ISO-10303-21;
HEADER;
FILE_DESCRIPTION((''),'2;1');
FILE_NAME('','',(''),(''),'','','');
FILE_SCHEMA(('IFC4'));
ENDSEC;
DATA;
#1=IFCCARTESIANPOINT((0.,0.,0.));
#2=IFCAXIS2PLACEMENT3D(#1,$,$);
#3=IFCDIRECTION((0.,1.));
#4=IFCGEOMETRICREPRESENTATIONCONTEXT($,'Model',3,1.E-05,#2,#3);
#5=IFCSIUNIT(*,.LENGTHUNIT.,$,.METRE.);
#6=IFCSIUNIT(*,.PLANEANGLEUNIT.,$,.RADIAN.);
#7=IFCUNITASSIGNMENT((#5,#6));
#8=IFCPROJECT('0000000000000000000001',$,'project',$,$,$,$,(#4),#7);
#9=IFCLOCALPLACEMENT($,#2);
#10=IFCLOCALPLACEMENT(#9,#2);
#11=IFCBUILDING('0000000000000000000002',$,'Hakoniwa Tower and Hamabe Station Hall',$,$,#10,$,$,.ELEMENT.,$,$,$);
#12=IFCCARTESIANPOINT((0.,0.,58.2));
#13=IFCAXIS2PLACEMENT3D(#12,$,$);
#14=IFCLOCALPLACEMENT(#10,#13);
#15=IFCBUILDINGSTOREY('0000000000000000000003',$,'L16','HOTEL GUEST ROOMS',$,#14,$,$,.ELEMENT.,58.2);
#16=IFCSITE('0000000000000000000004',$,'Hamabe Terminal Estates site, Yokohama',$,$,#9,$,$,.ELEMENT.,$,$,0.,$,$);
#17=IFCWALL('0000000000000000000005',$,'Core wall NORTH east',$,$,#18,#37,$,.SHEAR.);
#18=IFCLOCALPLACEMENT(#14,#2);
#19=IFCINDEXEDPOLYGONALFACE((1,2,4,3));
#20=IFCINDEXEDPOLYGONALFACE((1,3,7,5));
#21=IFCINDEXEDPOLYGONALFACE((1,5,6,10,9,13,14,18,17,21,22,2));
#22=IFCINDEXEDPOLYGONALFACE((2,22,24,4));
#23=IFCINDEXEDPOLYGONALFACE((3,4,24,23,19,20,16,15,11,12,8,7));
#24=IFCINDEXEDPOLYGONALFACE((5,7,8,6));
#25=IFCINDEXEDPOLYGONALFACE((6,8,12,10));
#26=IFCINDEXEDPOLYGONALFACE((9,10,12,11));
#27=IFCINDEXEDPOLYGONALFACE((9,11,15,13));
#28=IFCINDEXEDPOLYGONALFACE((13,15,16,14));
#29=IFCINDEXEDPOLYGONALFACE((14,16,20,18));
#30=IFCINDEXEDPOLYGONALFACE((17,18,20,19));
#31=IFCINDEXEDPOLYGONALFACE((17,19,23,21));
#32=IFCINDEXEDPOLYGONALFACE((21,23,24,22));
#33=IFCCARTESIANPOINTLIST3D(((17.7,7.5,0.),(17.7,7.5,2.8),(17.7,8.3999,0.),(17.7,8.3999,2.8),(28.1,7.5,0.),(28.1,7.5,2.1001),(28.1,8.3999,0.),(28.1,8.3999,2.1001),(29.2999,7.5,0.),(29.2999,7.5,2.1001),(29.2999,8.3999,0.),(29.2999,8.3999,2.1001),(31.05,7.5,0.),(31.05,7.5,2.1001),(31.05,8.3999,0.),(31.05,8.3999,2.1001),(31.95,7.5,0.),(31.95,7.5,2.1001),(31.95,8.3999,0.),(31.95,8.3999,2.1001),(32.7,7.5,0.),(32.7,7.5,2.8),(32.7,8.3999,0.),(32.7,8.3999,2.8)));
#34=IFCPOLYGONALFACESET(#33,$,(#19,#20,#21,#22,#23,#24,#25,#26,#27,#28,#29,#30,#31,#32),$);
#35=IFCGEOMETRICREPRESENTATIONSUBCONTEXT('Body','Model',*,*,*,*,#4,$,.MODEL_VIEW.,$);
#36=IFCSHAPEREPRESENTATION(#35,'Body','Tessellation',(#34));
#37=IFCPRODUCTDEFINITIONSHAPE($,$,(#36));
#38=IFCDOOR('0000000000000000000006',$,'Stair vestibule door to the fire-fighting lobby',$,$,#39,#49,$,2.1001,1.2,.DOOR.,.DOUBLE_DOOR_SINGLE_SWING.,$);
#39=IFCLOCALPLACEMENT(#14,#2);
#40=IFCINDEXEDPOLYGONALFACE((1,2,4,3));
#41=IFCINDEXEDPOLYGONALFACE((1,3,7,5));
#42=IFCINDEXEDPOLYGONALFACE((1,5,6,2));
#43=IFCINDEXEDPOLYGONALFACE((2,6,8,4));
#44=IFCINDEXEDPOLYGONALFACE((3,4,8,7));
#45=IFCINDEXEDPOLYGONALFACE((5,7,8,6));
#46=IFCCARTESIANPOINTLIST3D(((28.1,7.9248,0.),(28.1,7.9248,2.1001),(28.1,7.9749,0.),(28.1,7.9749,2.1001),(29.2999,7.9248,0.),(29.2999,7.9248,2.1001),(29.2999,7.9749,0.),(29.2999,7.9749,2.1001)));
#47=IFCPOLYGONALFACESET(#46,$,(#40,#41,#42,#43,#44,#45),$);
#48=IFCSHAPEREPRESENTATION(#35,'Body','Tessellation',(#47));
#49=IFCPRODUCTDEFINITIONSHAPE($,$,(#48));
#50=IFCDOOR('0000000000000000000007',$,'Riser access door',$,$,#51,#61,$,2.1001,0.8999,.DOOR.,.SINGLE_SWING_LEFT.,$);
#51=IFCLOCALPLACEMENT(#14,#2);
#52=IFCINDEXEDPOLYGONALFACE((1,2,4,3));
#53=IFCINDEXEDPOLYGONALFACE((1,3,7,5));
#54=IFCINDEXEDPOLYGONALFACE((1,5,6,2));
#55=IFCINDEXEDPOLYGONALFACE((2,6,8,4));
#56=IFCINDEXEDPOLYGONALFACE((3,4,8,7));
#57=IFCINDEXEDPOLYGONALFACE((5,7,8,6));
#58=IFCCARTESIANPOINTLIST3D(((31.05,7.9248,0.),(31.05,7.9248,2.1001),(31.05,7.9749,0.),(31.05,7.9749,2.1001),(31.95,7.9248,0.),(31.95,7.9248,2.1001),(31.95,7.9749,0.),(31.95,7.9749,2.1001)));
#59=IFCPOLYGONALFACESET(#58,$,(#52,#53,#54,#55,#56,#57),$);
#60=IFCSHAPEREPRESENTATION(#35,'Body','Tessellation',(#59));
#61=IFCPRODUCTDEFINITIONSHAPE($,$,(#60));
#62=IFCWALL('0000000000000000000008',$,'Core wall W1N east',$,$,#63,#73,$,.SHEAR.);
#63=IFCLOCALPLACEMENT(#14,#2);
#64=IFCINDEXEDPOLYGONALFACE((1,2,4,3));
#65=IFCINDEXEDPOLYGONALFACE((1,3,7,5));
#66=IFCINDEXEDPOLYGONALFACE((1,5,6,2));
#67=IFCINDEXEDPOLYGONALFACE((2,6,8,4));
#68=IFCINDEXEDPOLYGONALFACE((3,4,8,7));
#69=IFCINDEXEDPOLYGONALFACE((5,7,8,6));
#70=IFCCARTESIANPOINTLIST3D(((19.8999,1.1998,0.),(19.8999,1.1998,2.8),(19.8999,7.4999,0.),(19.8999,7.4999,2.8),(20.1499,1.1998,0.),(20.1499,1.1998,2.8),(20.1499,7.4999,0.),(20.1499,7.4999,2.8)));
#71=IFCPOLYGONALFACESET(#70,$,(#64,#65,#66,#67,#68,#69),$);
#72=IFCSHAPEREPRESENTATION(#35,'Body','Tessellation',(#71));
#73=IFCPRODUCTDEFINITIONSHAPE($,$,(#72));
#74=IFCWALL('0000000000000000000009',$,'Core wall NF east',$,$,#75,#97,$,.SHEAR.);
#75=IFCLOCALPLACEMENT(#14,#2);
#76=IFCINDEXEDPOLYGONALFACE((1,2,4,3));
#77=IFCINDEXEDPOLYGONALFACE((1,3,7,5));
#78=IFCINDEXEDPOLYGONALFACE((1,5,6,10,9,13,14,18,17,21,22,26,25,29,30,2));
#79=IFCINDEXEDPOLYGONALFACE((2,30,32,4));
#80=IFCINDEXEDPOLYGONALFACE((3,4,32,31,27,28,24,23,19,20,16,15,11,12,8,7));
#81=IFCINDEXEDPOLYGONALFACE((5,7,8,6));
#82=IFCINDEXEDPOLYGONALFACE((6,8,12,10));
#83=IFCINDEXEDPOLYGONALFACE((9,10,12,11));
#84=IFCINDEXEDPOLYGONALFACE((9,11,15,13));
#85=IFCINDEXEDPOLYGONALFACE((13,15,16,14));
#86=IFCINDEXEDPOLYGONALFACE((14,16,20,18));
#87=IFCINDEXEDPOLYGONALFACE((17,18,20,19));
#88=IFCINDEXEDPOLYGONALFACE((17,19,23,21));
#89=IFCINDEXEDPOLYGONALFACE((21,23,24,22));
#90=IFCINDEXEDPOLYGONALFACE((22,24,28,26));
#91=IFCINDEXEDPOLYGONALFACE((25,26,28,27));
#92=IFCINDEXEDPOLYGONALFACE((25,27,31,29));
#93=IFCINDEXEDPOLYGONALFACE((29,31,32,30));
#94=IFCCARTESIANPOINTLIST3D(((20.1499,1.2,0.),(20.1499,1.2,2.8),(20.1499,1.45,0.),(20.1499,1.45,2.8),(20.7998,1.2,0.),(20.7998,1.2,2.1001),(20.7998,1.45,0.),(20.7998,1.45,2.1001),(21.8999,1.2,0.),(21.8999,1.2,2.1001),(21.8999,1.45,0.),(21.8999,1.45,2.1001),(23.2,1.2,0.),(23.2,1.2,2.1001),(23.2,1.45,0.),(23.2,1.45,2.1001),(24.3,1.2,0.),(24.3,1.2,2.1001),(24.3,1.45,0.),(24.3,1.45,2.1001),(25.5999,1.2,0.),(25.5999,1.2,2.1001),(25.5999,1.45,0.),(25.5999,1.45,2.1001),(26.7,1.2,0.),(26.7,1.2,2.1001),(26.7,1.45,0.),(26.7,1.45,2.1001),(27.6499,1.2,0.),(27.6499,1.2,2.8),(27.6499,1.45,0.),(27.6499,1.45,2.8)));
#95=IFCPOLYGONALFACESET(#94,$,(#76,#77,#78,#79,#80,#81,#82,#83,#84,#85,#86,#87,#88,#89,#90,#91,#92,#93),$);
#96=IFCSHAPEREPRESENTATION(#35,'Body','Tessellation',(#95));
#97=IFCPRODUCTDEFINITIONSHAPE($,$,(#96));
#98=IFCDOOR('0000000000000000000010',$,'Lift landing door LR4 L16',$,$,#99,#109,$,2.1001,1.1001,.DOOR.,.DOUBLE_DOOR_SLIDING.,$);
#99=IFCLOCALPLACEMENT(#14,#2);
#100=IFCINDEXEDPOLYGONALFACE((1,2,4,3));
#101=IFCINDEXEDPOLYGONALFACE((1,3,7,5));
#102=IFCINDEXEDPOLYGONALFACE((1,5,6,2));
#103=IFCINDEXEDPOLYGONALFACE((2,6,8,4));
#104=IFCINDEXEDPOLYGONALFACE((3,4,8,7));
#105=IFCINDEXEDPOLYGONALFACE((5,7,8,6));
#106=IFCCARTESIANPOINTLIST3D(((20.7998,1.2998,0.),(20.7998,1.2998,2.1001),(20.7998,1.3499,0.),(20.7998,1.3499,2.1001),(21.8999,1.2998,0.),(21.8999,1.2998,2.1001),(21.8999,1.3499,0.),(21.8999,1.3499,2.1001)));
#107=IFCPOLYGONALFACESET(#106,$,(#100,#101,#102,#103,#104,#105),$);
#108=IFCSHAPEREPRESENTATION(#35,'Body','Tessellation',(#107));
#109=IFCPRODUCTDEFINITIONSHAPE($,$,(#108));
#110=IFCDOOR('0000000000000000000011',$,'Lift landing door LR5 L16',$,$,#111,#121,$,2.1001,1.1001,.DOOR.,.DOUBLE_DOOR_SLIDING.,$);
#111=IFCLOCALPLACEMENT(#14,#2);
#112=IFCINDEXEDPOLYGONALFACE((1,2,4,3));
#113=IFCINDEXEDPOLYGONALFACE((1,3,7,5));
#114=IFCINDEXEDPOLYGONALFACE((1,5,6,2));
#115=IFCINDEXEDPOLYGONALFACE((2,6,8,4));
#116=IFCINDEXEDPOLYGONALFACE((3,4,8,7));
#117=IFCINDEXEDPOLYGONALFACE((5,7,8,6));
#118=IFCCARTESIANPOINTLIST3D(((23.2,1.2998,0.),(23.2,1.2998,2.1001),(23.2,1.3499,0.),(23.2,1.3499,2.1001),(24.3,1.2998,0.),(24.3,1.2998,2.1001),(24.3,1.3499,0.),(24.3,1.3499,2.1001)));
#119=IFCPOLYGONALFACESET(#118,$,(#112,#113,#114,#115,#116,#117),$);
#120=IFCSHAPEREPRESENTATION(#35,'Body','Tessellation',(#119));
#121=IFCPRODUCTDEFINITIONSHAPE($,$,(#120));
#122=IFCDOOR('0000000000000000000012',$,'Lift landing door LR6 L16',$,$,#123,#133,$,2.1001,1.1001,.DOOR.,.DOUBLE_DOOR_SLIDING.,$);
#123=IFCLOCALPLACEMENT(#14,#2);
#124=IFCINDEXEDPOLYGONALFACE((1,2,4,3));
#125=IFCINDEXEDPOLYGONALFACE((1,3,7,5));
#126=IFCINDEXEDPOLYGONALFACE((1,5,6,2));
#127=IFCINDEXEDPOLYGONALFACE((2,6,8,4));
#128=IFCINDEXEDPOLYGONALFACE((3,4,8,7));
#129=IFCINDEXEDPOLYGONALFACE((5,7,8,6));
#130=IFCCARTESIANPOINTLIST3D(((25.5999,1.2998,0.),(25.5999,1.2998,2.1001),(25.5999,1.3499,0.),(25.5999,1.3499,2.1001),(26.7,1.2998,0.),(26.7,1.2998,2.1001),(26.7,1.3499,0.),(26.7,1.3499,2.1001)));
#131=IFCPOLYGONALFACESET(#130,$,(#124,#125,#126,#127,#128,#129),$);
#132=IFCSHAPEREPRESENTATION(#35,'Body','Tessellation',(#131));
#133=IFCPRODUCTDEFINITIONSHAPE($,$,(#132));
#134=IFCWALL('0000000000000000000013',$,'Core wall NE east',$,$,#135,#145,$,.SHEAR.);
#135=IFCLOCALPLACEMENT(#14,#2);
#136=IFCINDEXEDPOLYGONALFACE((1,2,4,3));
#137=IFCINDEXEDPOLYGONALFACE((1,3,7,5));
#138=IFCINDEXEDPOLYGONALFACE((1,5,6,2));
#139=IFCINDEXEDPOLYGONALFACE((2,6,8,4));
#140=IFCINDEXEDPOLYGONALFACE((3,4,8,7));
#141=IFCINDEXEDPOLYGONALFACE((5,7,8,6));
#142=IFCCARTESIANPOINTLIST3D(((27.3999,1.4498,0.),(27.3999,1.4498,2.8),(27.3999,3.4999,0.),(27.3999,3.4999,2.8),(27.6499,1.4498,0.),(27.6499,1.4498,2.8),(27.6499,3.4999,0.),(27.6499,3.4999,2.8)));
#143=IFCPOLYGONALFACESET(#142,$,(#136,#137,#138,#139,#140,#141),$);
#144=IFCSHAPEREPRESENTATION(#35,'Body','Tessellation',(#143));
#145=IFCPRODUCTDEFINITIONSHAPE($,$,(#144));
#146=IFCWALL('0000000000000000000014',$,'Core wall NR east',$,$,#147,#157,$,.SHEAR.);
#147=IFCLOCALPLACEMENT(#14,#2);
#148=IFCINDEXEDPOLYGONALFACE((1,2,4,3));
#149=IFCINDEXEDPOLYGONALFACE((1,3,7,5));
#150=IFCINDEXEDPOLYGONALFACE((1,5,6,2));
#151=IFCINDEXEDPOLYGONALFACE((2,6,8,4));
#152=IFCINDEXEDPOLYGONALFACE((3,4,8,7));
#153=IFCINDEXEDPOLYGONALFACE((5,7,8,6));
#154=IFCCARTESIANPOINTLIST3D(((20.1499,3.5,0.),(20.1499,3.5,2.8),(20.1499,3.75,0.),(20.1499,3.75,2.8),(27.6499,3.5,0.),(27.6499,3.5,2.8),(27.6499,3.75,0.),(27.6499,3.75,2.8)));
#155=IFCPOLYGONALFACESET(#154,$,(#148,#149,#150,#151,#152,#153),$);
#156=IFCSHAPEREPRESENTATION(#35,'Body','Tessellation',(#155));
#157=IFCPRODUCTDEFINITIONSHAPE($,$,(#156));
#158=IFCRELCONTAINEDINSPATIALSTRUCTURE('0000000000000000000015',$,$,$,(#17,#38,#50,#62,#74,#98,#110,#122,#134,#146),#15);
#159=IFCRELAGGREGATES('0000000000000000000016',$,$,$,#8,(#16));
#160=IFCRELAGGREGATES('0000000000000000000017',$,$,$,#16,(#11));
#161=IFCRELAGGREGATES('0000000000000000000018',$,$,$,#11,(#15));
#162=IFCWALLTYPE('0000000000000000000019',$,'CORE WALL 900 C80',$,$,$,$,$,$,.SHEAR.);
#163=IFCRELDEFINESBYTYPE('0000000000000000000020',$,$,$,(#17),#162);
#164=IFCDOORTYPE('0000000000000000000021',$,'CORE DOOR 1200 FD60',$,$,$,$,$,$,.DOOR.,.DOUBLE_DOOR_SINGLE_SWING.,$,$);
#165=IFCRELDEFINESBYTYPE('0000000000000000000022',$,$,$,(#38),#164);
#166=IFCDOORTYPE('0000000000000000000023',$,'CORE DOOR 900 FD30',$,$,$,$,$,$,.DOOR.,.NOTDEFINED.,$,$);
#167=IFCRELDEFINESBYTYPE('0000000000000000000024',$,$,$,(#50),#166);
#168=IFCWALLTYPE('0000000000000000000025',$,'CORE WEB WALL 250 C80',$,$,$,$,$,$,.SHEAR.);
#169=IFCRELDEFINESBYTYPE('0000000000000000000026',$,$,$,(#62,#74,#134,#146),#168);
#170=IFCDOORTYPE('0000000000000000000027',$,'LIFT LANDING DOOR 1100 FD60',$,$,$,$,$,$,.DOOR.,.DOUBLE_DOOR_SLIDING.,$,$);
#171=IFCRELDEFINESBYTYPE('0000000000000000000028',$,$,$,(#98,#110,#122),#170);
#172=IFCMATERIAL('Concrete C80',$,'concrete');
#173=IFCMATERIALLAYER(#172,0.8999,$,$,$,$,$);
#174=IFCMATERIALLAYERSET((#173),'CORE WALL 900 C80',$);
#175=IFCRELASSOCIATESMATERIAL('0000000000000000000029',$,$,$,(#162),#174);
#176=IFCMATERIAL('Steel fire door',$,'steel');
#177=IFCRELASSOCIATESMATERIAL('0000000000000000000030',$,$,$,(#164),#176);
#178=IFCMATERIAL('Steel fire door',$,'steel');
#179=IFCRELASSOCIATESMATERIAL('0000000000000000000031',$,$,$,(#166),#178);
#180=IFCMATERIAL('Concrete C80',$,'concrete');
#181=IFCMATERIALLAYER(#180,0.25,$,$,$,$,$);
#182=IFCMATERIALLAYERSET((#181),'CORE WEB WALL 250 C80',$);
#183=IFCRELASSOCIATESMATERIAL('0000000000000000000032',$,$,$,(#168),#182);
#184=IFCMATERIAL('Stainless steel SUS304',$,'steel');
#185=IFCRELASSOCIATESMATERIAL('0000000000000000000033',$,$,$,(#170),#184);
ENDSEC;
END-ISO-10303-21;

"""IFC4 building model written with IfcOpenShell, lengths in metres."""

from ifc_helpers import new_model, si_unit, direction, frame, frame_2d, origin, place, context, subcontext, project, spatial, rectangle, extrude, material, layer, layer_set, type_object, element, fill, save


model = new_model("IFC4")

# Units and contexts
model_context = context("Model", 3, precision=1e-05, world=origin(), true_north=direction((0.0, 1.0)))
body_context = subcontext(model_context, "Body", "Model", "MODEL_VIEW")
ifc_project = project(units=[si_unit("LENGTHUNIT", "METRE"), si_unit("PLANEANGLEUNIT", "RADIAN")], contexts=[model_context])

# Site, building, storey
site_placement = place(None, origin())
site = spatial("IfcSite", under=ifc_project, at=site_placement, Name="Hamabe Terminal Estates site, Yokohama", CompositionType="ELEMENT", RefElevation=0.0)
building_placement = place(site_placement, origin())
building = spatial("IfcBuilding", under=site, at=building_placement, Name="Hakoniwa Tower and Hamabe Station Hall", CompositionType="ELEMENT")
storey_placement = place(building_placement, frame((0.0, 0.0, 58.2)))
storey = spatial("IfcBuildingStorey", under=building, at=storey_placement, Name="L16", Description="HOTEL GUEST ROOMS", CompositionType="ELEMENT", Elevation=58.2)

# Wall, openings, doors
ifc_material_1 = material(Name="Concrete C80", Category="concrete")
ifc_layer_1 = layer(ifc_material_1, 0.8999)
ifc_layer_set_1 = layer_set([ifc_layer_1], Name="CORE WALL 900 C80")
wall_type_1 = type_object("IfcWallType", Name="CORE WALL 900 C80", PredefinedType="SHEAR", material=ifc_layer_set_1)
wall_1_placement = place(storey_placement, frame((17.7, 7.95, 0.0), z_axis=(0.0, 0.0, 1.0), x_axis=(1.0, 0.0, 0.0)))
wall_1 = element("IfcWall", 1, at=wall_1_placement, inside=storey, type_object=wall_type_1, Name="Core wall NORTH east", PredefinedType="SHEAR", context=body_context, shape_type="SweptSolid", body=[
    extrude(rectangle(XDim=15.0, YDim=0.8999, at=frame_2d((7.5, 0.0))), origin(), (0.0, 0.0, 1.0), 2.8),
])
opening_1_placement = place(wall_1_placement, frame((10.3999, 0.0, 0.0)))
opening_1 = element("IfcOpeningElement", 2, at=opening_1_placement, cuts=wall_1, PredefinedType="OPENING", context=body_context, shape_type="SweptSolid", body=[
    extrude(rectangle(XDim=1.2, YDim=2.1001, at=frame_2d((0.6001, 1.05))), frame((0.0, 0.46, 0.0), z_axis=(0.0, -1.0, 0.0), x_axis=(1.0, 0.0, 0.0)), (0.0, 0.0, 1.0), 0.9199),
])
opening_2_placement = place(wall_1_placement, frame((13.3501, 0.0, 0.0)))
opening_2 = element("IfcOpeningElement", 3, at=opening_2_placement, cuts=wall_1, PredefinedType="OPENING", context=body_context, shape_type="SweptSolid", body=[
    extrude(rectangle(XDim=0.8999, YDim=2.1001, at=frame_2d((0.45, 1.05))), frame((0.0, 0.46, 0.0), z_axis=(0.0, -1.0, 0.0), x_axis=(1.0, 0.0, 0.0)), (0.0, 0.0, 1.0), 0.9199),
])
ifc_material_2 = material(Name="Steel fire door", Category="steel")
door_type_1 = type_object("IfcDoorType", Name="CORE DOOR 1200 FD60", OperationType="DOUBLE_DOOR_SINGLE_SWING", PredefinedType="DOOR", material=ifc_material_2)
door_1_placement = place(opening_1_placement, origin())
door_1 = element("IfcDoor", 4, at=door_1_placement, inside=storey, type_object=door_type_1, Name="Stair vestibule door to the fire-fighting lobby", OperationType="DOUBLE_DOOR_SINGLE_SWING", OverallHeight=2.1001, OverallWidth=1.2, PredefinedType="DOOR", context=body_context, shape_type="SweptSolid", body=[
    extrude(rectangle(XDim=1.2, YDim=2.1001, at=frame_2d((0.6001, 1.05))), frame((0.0, 0.0249, 0.0), z_axis=(0.0, -1.0, 0.0), x_axis=(1.0, 0.0, 0.0)), (0.0, 0.0, 1.0), 0.05),
])
fill(opening_1, door_1)
ifc_material_3 = material(Name="Steel fire door", Category="steel")
door_type_2 = type_object("IfcDoorType", Name="CORE DOOR 900 FD30", OperationType="NOTDEFINED", PredefinedType="DOOR", material=ifc_material_3)
door_2_placement = place(opening_2_placement, origin())
door_2 = element("IfcDoor", 5, at=door_2_placement, inside=storey, type_object=door_type_2, Name="Riser access door", OperationType="SINGLE_SWING_LEFT", OverallHeight=2.1001, OverallWidth=0.8999, PredefinedType="DOOR", context=body_context, shape_type="SweptSolid", body=[
    extrude(rectangle(XDim=0.8999, YDim=2.1001, at=frame_2d((0.45, 1.05))), frame((0.0, 0.0249, 0.0), z_axis=(0.0, -1.0, 0.0), x_axis=(1.0, 0.0, 0.0)), (0.0, 0.0, 1.0), 0.05),
])
fill(opening_2, door_2)

# Wall
ifc_material_4 = material(Name="Concrete C80", Category="concrete")
ifc_layer_2 = layer(ifc_material_4, 0.25)
ifc_layer_set_2 = layer_set([ifc_layer_2], Name="CORE WEB WALL 250 C80")
wall_type_2 = type_object("IfcWallType", Name="CORE WEB WALL 250 C80", PredefinedType="SHEAR", material=ifc_layer_set_2)
wall_2_placement = place(storey_placement, frame((20.0249, 1.2, 0.0), z_axis=(0.0, 0.0, 1.0), x_axis=(0.0, 1.0, 0.0)))
element("IfcWall", 6, at=wall_2_placement, inside=storey, type_object=wall_type_2, Name="Core wall W1N east", PredefinedType="SHEAR", context=body_context, shape_type="SweptSolid", body=[
    extrude(rectangle(XDim=6.3, YDim=0.25, at=frame_2d((3.1499, 0.0))), origin(), (0.0, 0.0, 1.0), 2.8),
])

# Wall, openings, doors
wall_3_placement = place(storey_placement, frame((20.1499, 1.325, 0.0), z_axis=(0.0, 0.0, 1.0), x_axis=(1.0, 0.0, 0.0)))
wall_3 = element("IfcWall", 7, at=wall_3_placement, inside=storey, type_object=wall_type_2, Name="Core wall NF east", PredefinedType="SHEAR", context=body_context, shape_type="SweptSolid", body=[
    extrude(rectangle(XDim=7.5, YDim=0.25, at=frame_2d((3.75, 0.0))), origin(), (0.0, 0.0, 1.0), 2.8),
])
opening_3_placement = place(wall_3_placement, frame((0.6499, 0.0, 0.0)))
opening_3 = element("IfcOpeningElement", 8, at=opening_3_placement, cuts=wall_3, PredefinedType="OPENING", context=body_context, shape_type="SweptSolid", body=[
    extrude(rectangle(XDim=1.1001, YDim=2.1001, at=frame_2d((0.55, 1.05))), frame((0.0, 0.135, 0.0), z_axis=(0.0, -1.0, 0.0), x_axis=(1.0, 0.0, 0.0)), (0.0, 0.0, 1.0), 0.27),
])
opening_4_placement = place(wall_3_placement, frame((3.05, 0.0, 0.0)))
opening_4 = element("IfcOpeningElement", 9, at=opening_4_placement, cuts=wall_3, PredefinedType="OPENING", context=body_context, shape_type="SweptSolid", body=[
    extrude(rectangle(XDim=1.1001, YDim=2.1001, at=frame_2d((0.55, 1.05))), frame((0.0, 0.135, 0.0), z_axis=(0.0, -1.0, 0.0), x_axis=(1.0, 0.0, 0.0)), (0.0, 0.0, 1.0), 0.27),
])
opening_5_placement = place(wall_3_placement, frame((5.45, 0.0, 0.0)))
opening_5 = element("IfcOpeningElement", 10, at=opening_5_placement, cuts=wall_3, PredefinedType="OPENING", context=body_context, shape_type="SweptSolid", body=[
    extrude(rectangle(XDim=1.1001, YDim=2.1001, at=frame_2d((0.55, 1.05))), frame((0.0, 0.135, 0.0), z_axis=(0.0, -1.0, 0.0), x_axis=(1.0, 0.0, 0.0)), (0.0, 0.0, 1.0), 0.27),
])
ifc_material_5 = material(Name="Stainless steel SUS304", Category="steel")
door_type_3 = type_object("IfcDoorType", Name="LIFT LANDING DOOR 1100 FD60", OperationType="DOUBLE_DOOR_SLIDING", PredefinedType="DOOR", material=ifc_material_5)
door_3_placement = place(opening_3_placement, origin())
door_3 = element("IfcDoor", 11, at=door_3_placement, inside=storey, type_object=door_type_3, Name="Lift landing door LR4 L16", OperationType="DOUBLE_DOOR_SLIDING", OverallHeight=2.1001, OverallWidth=1.1001, PredefinedType="DOOR", context=body_context, shape_type="SweptSolid", body=[
    extrude(rectangle(XDim=1.1001, YDim=2.1001, at=frame_2d((0.55, 1.05))), frame((0.0, 0.0249, 0.0), z_axis=(0.0, -1.0, 0.0), x_axis=(1.0, 0.0, 0.0)), (0.0, 0.0, 1.0), 0.05),
])
fill(opening_3, door_3)
door_4_placement = place(opening_4_placement, origin())
door_4 = element("IfcDoor", 12, at=door_4_placement, inside=storey, type_object=door_type_3, Name="Lift landing door LR5 L16", OperationType="DOUBLE_DOOR_SLIDING", OverallHeight=2.1001, OverallWidth=1.1001, PredefinedType="DOOR", context=body_context, shape_type="SweptSolid", body=[
    extrude(rectangle(XDim=1.1001, YDim=2.1001, at=frame_2d((0.55, 1.05))), frame((0.0, 0.0249, 0.0), z_axis=(0.0, -1.0, 0.0), x_axis=(1.0, 0.0, 0.0)), (0.0, 0.0, 1.0), 0.05),
])
fill(opening_4, door_4)
door_5_placement = place(opening_5_placement, origin())
door_5 = element("IfcDoor", 13, at=door_5_placement, inside=storey, type_object=door_type_3, Name="Lift landing door LR6 L16", OperationType="DOUBLE_DOOR_SLIDING", OverallHeight=2.1001, OverallWidth=1.1001, PredefinedType="DOOR", context=body_context, shape_type="SweptSolid", body=[
    extrude(rectangle(XDim=1.1001, YDim=2.1001, at=frame_2d((0.55, 1.05))), frame((0.0, 0.0249, 0.0), z_axis=(0.0, -1.0, 0.0), x_axis=(1.0, 0.0, 0.0)), (0.0, 0.0, 1.0), 0.05),
])
fill(opening_5, door_5)

# Walls
wall_4_placement = place(storey_placement, frame((27.5249, 1.45, 0.0), z_axis=(0.0, 0.0, 1.0), x_axis=(0.0, 1.0, 0.0)))
element("IfcWall", 14, at=wall_4_placement, inside=storey, type_object=wall_type_2, Name="Core wall NE east", PredefinedType="SHEAR", context=body_context, shape_type="SweptSolid", body=[
    extrude(rectangle(XDim=2.05, YDim=0.25, at=frame_2d((1.0249, 0.0))), origin(), (0.0, 0.0, 1.0), 2.8),
])
wall_5_placement = place(storey_placement, frame((20.1499, 3.625, 0.0), z_axis=(0.0, 0.0, 1.0), x_axis=(1.0, 0.0, 0.0)))
element("IfcWall", 15, at=wall_5_placement, inside=storey, type_object=wall_type_2, Name="Core wall NR east", PredefinedType="SHEAR", context=body_context, shape_type="SweptSolid", body=[
    extrude(rectangle(XDim=7.5, YDim=0.25, at=frame_2d((3.75, 0.0))), origin(), (0.0, 0.0, 1.0), 2.8),
])

save(model, "model.ifc")
